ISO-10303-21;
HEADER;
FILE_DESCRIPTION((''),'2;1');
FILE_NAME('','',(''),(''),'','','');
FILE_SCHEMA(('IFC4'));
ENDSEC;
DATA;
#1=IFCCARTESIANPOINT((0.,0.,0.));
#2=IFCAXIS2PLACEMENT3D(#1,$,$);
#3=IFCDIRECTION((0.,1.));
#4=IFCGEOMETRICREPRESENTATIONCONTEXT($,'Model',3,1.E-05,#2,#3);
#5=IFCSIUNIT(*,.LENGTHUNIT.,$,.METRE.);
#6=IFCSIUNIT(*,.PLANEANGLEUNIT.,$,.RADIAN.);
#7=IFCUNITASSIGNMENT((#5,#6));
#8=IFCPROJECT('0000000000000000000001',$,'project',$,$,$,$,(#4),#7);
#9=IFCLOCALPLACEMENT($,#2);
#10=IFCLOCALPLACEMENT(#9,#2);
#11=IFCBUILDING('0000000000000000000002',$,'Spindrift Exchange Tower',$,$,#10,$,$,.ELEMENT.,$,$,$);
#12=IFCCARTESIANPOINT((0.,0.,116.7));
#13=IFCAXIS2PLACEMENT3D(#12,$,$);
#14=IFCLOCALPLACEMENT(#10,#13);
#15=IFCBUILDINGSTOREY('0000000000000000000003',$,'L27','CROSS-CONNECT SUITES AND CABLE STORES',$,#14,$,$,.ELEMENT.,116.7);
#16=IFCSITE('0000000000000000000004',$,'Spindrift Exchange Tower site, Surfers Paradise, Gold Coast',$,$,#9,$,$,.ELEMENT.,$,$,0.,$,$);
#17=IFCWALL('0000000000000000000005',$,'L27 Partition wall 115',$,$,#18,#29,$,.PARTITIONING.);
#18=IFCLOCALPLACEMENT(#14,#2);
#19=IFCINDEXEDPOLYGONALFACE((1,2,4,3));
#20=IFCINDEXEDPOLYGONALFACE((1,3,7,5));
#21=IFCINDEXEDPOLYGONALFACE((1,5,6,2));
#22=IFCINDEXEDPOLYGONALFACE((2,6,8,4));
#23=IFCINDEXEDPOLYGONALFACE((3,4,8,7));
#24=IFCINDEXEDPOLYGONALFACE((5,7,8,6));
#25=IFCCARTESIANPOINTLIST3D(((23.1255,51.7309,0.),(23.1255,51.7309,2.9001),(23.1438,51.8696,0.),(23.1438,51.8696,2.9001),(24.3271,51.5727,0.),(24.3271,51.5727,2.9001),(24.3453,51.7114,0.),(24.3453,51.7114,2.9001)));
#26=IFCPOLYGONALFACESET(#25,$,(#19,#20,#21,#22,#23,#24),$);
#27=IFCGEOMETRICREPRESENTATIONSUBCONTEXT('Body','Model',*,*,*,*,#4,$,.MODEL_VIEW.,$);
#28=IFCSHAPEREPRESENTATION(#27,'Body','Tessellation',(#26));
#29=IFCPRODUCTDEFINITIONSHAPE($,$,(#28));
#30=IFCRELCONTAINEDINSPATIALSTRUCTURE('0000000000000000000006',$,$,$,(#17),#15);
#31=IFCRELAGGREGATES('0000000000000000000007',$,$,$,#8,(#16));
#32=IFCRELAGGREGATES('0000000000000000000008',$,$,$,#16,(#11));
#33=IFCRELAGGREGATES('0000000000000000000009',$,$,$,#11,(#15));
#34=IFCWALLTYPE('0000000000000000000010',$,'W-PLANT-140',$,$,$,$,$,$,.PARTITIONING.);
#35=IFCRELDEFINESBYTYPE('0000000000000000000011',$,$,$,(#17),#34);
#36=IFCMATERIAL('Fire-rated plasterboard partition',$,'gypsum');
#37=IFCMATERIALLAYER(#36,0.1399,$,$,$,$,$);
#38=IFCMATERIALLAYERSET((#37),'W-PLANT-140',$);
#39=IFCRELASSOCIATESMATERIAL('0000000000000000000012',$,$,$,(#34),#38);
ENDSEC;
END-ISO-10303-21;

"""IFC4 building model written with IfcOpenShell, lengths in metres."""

from ifc_helpers import new_model, si_unit, direction, frame, frame_2d, origin, place, context, subcontext, project, spatial, rectangle, extrude, material, layer, layer_set, type_object, element, save


model = new_model("IFC4")

# Units and contexts
model_context = context("Model", 3, precision=1e-05, world=origin(), true_north=direction((0.0, 1.0)))
body_context = subcontext(model_context, "Body", "Model", "MODEL_VIEW")
ifc_project = project(units=[si_unit("LENGTHUNIT", "METRE"), si_unit("PLANEANGLEUNIT", "RADIAN")], contexts=[model_context])

# Site, building, storey
site_placement = place(None, origin())
site = spatial("IfcSite", under=ifc_project, at=site_placement, Name="Spindrift Exchange Tower site, Surfers Paradise, Gold Coast", CompositionType="ELEMENT", RefElevation=0.0)
building_placement = place(site_placement, origin())
building = spatial("IfcBuilding", under=site, at=building_placement, Name="Spindrift Exchange Tower", CompositionType="ELEMENT")
storey_placement = place(building_placement, frame((0.0, 0.0, 116.7)))
storey = spatial("IfcBuildingStorey", under=building, at=storey_placement, Name="L27", Description="CROSS-CONNECT SUITES AND CABLE STORES", CompositionType="ELEMENT", Elevation=116.7)

# Wall
ifc_material_1 = material(Name="Fire-rated plasterboard partition", Category="gypsum")
ifc_layer_1 = layer(ifc_material_1, 0.1399)
ifc_layer_set_1 = layer_set([ifc_layer_1], Name="W-PLANT-140")
wall_type_1 = type_object("IfcWallType", Name="W-PLANT-140", PredefinedType="PARTITIONING", material=ifc_layer_set_1)
wall_1_placement = place(storey_placement, frame((24.3362, 51.6421, 0.0), z_axis=(0.0, 0.0, 1.0), x_axis=(-0.991445, 0.130527, 0.0)))
element("IfcWall", 1, at=wall_1_placement, inside=storey, type_object=wall_type_1, Name="L27 Partition wall 115", PredefinedType="PARTITIONING", context=body_context, shape_type="SweptSolid", body=[
    extrude(rectangle(XDim=1.2119, YDim=0.1399, at=frame_2d((0.606, 0.0))), origin(), (0.0, 0.0, 1.0), 2.9001),
])

save(model, "model.ifc")
